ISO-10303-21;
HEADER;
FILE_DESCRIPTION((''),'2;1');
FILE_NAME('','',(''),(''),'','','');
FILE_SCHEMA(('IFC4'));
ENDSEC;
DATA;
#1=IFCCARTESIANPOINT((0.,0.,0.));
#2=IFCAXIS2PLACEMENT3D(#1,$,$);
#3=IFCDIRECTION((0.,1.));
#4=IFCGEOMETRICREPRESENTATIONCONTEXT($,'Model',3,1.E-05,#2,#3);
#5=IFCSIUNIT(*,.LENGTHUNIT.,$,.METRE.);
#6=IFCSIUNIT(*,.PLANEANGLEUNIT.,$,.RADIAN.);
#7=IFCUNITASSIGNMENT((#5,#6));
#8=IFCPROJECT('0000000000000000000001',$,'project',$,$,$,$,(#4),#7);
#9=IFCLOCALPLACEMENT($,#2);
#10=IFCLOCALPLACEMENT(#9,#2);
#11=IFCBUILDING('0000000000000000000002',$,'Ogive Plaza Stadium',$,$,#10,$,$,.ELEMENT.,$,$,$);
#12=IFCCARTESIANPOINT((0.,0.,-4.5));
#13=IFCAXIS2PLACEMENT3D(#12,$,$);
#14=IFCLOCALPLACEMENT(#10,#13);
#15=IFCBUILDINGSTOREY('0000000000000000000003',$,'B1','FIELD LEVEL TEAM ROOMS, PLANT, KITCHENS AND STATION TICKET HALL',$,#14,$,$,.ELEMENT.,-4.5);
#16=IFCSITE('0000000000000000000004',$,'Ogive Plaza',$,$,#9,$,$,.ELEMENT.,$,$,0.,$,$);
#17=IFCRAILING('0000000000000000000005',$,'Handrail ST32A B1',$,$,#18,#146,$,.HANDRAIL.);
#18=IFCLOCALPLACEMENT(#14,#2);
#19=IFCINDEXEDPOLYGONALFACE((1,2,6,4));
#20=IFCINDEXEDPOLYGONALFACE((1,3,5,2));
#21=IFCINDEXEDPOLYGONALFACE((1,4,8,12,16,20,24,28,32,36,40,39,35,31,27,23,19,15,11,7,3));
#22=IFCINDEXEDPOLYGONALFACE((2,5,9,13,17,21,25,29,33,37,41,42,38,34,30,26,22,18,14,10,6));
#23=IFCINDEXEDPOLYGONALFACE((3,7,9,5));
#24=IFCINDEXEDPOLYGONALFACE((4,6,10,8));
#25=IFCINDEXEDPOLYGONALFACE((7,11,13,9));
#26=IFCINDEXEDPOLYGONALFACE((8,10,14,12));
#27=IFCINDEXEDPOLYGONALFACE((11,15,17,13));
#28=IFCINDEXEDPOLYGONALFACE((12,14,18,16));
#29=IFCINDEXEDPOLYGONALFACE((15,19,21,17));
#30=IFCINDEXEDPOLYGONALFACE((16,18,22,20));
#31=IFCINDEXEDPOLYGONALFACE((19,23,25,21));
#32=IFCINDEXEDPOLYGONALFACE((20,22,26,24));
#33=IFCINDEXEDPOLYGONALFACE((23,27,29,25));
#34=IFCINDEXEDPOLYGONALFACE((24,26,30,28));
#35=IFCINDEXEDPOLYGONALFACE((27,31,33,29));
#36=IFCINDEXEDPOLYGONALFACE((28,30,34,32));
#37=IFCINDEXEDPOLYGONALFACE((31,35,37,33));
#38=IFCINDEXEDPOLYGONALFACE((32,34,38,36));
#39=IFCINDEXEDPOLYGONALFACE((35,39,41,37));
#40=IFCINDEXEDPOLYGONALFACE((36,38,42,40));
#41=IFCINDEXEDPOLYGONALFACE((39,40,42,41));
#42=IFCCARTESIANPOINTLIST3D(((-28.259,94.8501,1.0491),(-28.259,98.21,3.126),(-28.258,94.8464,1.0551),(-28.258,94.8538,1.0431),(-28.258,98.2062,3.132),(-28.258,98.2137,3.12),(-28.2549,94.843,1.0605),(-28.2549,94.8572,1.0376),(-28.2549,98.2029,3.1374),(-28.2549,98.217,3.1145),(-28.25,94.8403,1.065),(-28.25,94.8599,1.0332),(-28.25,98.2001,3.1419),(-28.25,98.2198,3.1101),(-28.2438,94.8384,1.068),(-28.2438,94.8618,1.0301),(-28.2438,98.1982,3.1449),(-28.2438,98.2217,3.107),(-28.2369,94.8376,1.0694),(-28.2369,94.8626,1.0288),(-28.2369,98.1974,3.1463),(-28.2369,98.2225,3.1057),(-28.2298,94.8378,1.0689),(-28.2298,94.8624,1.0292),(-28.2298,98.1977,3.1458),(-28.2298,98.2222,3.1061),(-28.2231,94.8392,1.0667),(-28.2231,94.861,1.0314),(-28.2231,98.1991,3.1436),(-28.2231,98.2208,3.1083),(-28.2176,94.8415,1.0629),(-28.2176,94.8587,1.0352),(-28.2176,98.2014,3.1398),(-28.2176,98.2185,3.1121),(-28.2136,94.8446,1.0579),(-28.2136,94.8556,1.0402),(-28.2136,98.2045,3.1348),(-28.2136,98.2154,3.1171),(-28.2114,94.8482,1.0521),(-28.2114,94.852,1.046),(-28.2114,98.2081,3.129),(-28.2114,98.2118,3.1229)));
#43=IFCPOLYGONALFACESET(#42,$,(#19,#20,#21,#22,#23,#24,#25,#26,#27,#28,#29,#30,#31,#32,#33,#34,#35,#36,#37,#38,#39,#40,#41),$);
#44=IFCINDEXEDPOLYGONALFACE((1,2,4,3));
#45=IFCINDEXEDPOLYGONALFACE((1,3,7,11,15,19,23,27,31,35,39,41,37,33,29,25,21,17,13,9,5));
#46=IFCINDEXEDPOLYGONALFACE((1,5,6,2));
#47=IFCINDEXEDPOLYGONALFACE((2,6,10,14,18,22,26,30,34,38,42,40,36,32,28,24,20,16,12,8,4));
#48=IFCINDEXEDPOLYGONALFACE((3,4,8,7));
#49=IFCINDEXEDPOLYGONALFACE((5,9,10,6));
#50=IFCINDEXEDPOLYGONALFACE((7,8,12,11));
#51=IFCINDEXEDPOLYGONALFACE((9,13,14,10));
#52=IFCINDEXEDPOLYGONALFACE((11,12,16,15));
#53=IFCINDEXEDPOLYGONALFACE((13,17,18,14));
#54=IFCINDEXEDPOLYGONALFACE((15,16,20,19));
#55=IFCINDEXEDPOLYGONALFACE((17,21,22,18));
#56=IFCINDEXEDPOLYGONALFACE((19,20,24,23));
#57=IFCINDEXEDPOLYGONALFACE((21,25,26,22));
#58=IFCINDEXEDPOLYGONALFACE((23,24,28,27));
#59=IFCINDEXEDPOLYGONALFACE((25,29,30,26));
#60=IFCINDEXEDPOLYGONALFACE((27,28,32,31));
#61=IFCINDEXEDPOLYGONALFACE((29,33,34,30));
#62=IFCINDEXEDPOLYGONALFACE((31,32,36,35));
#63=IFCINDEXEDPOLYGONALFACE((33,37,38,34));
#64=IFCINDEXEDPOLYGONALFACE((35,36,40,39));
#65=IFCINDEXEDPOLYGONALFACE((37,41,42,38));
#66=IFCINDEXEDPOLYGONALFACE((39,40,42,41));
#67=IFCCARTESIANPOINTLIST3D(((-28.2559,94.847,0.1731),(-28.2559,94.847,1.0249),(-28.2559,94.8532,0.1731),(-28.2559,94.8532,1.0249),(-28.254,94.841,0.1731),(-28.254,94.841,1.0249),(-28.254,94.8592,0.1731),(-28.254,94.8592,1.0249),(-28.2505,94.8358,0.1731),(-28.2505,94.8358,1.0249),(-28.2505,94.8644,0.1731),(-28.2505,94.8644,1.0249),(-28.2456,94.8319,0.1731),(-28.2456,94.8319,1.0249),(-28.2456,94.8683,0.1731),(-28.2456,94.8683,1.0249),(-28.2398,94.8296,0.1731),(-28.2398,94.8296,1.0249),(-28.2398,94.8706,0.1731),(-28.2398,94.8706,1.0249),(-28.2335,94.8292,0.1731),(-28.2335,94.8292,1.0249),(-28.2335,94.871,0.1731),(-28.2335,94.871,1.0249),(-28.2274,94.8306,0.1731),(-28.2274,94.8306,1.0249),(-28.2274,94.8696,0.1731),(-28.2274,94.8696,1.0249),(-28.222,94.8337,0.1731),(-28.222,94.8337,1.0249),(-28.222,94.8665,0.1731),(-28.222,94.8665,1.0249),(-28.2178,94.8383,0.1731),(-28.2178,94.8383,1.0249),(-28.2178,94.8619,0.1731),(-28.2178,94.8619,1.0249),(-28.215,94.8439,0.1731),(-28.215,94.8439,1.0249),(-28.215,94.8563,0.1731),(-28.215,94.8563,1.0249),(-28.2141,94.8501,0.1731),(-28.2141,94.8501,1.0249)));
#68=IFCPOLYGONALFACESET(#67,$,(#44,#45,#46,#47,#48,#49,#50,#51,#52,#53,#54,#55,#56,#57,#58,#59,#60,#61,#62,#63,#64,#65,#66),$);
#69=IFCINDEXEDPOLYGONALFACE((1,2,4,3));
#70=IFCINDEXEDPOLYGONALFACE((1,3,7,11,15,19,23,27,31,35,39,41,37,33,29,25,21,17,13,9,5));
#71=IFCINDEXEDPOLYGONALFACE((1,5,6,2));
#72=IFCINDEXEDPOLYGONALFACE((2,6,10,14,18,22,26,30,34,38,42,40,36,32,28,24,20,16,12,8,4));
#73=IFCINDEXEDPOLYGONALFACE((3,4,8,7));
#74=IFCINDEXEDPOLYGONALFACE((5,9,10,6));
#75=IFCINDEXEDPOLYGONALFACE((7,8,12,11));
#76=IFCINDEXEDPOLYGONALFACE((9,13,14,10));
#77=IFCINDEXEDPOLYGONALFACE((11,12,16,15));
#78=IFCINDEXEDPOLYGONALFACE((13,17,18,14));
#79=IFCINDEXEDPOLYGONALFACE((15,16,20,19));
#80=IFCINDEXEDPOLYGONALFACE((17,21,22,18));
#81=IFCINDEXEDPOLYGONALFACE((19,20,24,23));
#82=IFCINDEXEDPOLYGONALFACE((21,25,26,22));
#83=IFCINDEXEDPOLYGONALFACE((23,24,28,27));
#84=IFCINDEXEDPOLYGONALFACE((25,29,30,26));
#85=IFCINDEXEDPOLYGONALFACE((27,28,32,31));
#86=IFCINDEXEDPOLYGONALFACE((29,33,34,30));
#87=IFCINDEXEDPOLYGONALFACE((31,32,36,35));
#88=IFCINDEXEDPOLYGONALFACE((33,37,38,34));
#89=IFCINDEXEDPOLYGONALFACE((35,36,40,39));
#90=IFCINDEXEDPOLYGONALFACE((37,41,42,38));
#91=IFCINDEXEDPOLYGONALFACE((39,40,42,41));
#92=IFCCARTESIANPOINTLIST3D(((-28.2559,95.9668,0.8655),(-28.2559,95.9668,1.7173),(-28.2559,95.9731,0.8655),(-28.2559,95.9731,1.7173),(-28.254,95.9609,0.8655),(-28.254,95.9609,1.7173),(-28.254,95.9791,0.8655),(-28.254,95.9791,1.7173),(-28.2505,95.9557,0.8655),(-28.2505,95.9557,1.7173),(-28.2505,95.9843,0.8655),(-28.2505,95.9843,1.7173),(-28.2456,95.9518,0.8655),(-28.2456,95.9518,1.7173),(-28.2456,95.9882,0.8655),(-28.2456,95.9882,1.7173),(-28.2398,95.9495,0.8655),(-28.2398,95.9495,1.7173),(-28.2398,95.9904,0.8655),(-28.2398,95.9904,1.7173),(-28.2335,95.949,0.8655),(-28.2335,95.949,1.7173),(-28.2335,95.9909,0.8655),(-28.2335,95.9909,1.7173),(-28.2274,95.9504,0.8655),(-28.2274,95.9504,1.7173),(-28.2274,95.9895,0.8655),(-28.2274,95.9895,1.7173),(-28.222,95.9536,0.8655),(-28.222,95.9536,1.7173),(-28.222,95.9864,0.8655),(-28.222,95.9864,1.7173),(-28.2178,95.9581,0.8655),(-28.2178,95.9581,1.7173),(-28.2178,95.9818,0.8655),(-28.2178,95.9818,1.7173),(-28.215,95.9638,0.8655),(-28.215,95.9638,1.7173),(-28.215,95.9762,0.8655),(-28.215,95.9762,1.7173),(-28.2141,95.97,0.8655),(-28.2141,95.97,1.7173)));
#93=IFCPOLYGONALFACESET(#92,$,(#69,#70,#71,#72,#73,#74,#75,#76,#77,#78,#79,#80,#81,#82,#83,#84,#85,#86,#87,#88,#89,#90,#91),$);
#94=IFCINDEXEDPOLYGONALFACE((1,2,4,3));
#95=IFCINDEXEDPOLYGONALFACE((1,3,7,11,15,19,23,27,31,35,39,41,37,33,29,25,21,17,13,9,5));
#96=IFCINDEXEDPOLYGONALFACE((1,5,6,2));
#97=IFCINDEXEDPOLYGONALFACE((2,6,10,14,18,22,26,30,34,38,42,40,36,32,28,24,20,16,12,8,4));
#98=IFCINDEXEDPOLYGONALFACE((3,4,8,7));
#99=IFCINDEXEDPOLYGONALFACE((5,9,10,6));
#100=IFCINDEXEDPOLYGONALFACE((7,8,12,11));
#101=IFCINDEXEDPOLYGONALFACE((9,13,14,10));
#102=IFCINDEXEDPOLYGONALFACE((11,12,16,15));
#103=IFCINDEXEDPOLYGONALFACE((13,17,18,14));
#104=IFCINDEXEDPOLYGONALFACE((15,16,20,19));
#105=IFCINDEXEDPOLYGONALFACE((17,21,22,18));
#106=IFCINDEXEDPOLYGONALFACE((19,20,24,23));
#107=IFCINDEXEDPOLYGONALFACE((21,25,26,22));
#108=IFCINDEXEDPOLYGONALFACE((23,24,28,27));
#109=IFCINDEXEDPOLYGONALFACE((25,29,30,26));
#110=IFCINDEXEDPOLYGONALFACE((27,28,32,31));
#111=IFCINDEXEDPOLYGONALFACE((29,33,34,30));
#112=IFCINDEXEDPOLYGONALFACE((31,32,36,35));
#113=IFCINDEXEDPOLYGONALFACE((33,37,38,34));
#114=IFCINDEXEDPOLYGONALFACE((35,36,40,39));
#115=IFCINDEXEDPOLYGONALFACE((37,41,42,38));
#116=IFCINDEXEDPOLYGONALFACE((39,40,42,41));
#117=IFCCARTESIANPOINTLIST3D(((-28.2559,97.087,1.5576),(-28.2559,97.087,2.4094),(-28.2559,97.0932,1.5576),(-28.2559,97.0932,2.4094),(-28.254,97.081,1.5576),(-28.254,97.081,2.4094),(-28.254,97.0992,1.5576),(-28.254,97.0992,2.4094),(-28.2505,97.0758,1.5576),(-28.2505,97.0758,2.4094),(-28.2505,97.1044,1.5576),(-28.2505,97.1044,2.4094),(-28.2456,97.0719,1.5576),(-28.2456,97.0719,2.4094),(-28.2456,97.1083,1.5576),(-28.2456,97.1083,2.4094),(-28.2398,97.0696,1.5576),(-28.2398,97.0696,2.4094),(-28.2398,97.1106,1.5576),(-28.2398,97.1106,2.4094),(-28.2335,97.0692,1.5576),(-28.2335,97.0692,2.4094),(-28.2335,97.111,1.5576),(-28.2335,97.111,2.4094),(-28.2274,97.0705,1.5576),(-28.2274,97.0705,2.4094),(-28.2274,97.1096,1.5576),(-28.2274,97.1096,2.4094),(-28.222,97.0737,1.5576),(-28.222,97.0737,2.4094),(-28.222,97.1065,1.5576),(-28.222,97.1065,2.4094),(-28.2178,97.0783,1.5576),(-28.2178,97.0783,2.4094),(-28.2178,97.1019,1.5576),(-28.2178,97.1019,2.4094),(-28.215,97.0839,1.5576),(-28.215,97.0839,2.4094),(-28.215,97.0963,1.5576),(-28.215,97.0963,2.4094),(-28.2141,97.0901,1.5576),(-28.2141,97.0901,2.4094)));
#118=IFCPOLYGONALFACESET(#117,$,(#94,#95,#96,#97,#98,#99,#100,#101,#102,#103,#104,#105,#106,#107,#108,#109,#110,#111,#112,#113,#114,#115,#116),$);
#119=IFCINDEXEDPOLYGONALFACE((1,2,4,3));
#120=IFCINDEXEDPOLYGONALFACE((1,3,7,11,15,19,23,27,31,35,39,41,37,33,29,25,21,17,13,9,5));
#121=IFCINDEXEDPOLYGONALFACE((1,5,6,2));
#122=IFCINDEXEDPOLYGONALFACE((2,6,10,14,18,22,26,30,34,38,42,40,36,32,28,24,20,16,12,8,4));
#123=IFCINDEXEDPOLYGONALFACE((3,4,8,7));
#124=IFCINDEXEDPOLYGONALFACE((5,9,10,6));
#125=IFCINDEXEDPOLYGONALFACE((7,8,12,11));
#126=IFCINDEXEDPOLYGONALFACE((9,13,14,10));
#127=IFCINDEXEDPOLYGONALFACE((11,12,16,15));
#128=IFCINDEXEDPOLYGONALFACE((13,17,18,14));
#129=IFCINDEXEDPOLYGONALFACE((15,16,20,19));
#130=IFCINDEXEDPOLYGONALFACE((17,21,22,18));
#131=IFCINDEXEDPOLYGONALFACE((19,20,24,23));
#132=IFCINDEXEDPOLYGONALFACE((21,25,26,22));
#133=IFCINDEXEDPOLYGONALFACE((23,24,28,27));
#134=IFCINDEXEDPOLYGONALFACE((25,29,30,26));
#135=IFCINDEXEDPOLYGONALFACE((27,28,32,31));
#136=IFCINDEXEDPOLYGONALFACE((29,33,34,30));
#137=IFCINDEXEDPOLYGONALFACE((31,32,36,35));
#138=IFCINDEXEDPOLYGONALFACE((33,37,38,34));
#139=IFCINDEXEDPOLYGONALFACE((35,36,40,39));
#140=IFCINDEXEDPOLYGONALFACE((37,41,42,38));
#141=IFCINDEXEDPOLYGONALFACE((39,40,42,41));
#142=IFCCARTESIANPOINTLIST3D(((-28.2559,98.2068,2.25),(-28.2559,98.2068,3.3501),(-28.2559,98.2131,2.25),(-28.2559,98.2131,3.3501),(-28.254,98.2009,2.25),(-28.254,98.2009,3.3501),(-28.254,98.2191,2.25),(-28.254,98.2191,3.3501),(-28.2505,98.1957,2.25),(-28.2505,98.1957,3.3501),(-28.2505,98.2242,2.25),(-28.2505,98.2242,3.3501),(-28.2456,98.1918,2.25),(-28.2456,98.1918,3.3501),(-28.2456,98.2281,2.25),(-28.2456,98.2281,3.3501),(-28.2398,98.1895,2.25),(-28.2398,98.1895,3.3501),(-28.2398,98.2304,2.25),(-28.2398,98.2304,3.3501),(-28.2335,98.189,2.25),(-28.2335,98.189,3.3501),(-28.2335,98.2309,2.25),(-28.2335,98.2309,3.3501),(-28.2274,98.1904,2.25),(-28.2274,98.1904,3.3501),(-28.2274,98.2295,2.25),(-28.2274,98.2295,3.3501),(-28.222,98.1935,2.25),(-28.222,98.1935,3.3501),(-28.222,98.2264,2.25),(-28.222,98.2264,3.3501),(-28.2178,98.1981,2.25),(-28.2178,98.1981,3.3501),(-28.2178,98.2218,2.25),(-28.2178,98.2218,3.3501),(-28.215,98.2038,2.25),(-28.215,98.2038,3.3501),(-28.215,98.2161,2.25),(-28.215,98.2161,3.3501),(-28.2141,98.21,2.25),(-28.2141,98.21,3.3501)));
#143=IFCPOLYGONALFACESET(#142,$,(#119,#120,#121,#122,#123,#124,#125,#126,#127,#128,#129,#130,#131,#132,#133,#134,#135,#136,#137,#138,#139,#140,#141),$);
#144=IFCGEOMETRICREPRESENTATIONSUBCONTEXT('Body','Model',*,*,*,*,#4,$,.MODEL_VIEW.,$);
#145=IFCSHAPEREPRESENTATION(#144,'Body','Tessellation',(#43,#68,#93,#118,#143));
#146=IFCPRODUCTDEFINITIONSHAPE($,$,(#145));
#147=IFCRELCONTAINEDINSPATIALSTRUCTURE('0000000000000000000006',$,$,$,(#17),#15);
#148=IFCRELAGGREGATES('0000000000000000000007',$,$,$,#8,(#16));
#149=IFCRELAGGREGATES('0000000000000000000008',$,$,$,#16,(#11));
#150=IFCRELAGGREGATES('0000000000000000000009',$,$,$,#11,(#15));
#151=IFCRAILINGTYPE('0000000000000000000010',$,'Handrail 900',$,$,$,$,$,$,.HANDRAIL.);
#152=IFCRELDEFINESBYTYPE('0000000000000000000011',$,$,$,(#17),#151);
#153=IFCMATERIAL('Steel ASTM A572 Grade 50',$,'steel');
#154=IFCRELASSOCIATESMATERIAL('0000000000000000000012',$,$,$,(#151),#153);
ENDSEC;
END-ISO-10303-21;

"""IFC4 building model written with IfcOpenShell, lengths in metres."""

from ifc_helpers import new_model, si_unit, direction, frame, origin, origin_2d, place, context, subcontext, project, spatial, circle, extrude, material, type_object, element, save


model = new_model("IFC4")

# Units and contexts
model_context = context("Model", 3, precision=1e-05, world=origin(), true_north=direction((0.0, 1.0)))
body_context = subcontext(model_context, "Body", "Model", "MODEL_VIEW")
ifc_project = project(units=[si_unit("LENGTHUNIT", "METRE"), si_unit("PLANEANGLEUNIT", "RADIAN")], contexts=[model_context])

# Site, building, storey
site_placement = place(None, origin())
site = spatial("IfcSite", under=ifc_project, at=site_placement, Name="Ogive Plaza", CompositionType="ELEMENT", RefElevation=0.0)
building_placement = place(site_placement, origin())
building = spatial("IfcBuilding", under=site, at=building_placement, Name="Ogive Plaza Stadium", CompositionType="ELEMENT")
storey_placement = place(building_placement, frame((0.0, 0.0, -4.5)))
storey = spatial("IfcBuildingStorey", under=building, at=storey_placement, Name="B1", Description="FIELD LEVEL TEAM ROOMS, PLANT, KITCHENS AND STATION TICKET HALL", CompositionType="ELEMENT", Elevation=-4.5)

# Railing
ifc_material_1 = material(Name="Steel ASTM A572 Grade 50", Category="steel")
railing_type_1 = type_object("IfcRailingType", Name="Handrail 900", PredefinedType="HANDRAIL", material=ifc_material_1)
for number, where, name in (
    (1, (-28.2351, 94.8501, 0.1731), "Handrail ST32A B1"),
):
    element("IfcRailing", number, at=place(storey_placement, frame(where)), inside=storey, type_object=railing_type_1, Name=name, PredefinedType="HANDRAIL", context=body_context, shape_type="SweptSolid", body=[
        extrude(circle(Radius=0.0239, at=origin_2d()), frame((0.0, 0.0, 0.876), z_axis=(0.0, 0.850606, 0.525803), x_axis=(-1.0, 0.0, 0.0)), (0.0, 0.0, 1.0), 3.95),
        extrude(circle(Radius=0.021, at=origin_2d()), origin(), (0.0, 0.0, 1.0), 0.8518),
        extrude(circle(Radius=0.021, at=origin_2d()), frame((0.0, 1.1199, 0.6924)), (0.0, 0.0, 1.0), 0.8518),
        extrude(circle(Radius=0.021, at=origin_2d()), frame((0.0, 2.24, 1.3845)), (0.0, 0.0, 1.0), 0.8518),
        extrude(circle(Radius=0.021, at=origin_2d()), frame((0.0, 3.3599, 2.0769)), (0.0, 0.0, 1.0), 1.1001),
    ])

save(model, "model.ifc")
